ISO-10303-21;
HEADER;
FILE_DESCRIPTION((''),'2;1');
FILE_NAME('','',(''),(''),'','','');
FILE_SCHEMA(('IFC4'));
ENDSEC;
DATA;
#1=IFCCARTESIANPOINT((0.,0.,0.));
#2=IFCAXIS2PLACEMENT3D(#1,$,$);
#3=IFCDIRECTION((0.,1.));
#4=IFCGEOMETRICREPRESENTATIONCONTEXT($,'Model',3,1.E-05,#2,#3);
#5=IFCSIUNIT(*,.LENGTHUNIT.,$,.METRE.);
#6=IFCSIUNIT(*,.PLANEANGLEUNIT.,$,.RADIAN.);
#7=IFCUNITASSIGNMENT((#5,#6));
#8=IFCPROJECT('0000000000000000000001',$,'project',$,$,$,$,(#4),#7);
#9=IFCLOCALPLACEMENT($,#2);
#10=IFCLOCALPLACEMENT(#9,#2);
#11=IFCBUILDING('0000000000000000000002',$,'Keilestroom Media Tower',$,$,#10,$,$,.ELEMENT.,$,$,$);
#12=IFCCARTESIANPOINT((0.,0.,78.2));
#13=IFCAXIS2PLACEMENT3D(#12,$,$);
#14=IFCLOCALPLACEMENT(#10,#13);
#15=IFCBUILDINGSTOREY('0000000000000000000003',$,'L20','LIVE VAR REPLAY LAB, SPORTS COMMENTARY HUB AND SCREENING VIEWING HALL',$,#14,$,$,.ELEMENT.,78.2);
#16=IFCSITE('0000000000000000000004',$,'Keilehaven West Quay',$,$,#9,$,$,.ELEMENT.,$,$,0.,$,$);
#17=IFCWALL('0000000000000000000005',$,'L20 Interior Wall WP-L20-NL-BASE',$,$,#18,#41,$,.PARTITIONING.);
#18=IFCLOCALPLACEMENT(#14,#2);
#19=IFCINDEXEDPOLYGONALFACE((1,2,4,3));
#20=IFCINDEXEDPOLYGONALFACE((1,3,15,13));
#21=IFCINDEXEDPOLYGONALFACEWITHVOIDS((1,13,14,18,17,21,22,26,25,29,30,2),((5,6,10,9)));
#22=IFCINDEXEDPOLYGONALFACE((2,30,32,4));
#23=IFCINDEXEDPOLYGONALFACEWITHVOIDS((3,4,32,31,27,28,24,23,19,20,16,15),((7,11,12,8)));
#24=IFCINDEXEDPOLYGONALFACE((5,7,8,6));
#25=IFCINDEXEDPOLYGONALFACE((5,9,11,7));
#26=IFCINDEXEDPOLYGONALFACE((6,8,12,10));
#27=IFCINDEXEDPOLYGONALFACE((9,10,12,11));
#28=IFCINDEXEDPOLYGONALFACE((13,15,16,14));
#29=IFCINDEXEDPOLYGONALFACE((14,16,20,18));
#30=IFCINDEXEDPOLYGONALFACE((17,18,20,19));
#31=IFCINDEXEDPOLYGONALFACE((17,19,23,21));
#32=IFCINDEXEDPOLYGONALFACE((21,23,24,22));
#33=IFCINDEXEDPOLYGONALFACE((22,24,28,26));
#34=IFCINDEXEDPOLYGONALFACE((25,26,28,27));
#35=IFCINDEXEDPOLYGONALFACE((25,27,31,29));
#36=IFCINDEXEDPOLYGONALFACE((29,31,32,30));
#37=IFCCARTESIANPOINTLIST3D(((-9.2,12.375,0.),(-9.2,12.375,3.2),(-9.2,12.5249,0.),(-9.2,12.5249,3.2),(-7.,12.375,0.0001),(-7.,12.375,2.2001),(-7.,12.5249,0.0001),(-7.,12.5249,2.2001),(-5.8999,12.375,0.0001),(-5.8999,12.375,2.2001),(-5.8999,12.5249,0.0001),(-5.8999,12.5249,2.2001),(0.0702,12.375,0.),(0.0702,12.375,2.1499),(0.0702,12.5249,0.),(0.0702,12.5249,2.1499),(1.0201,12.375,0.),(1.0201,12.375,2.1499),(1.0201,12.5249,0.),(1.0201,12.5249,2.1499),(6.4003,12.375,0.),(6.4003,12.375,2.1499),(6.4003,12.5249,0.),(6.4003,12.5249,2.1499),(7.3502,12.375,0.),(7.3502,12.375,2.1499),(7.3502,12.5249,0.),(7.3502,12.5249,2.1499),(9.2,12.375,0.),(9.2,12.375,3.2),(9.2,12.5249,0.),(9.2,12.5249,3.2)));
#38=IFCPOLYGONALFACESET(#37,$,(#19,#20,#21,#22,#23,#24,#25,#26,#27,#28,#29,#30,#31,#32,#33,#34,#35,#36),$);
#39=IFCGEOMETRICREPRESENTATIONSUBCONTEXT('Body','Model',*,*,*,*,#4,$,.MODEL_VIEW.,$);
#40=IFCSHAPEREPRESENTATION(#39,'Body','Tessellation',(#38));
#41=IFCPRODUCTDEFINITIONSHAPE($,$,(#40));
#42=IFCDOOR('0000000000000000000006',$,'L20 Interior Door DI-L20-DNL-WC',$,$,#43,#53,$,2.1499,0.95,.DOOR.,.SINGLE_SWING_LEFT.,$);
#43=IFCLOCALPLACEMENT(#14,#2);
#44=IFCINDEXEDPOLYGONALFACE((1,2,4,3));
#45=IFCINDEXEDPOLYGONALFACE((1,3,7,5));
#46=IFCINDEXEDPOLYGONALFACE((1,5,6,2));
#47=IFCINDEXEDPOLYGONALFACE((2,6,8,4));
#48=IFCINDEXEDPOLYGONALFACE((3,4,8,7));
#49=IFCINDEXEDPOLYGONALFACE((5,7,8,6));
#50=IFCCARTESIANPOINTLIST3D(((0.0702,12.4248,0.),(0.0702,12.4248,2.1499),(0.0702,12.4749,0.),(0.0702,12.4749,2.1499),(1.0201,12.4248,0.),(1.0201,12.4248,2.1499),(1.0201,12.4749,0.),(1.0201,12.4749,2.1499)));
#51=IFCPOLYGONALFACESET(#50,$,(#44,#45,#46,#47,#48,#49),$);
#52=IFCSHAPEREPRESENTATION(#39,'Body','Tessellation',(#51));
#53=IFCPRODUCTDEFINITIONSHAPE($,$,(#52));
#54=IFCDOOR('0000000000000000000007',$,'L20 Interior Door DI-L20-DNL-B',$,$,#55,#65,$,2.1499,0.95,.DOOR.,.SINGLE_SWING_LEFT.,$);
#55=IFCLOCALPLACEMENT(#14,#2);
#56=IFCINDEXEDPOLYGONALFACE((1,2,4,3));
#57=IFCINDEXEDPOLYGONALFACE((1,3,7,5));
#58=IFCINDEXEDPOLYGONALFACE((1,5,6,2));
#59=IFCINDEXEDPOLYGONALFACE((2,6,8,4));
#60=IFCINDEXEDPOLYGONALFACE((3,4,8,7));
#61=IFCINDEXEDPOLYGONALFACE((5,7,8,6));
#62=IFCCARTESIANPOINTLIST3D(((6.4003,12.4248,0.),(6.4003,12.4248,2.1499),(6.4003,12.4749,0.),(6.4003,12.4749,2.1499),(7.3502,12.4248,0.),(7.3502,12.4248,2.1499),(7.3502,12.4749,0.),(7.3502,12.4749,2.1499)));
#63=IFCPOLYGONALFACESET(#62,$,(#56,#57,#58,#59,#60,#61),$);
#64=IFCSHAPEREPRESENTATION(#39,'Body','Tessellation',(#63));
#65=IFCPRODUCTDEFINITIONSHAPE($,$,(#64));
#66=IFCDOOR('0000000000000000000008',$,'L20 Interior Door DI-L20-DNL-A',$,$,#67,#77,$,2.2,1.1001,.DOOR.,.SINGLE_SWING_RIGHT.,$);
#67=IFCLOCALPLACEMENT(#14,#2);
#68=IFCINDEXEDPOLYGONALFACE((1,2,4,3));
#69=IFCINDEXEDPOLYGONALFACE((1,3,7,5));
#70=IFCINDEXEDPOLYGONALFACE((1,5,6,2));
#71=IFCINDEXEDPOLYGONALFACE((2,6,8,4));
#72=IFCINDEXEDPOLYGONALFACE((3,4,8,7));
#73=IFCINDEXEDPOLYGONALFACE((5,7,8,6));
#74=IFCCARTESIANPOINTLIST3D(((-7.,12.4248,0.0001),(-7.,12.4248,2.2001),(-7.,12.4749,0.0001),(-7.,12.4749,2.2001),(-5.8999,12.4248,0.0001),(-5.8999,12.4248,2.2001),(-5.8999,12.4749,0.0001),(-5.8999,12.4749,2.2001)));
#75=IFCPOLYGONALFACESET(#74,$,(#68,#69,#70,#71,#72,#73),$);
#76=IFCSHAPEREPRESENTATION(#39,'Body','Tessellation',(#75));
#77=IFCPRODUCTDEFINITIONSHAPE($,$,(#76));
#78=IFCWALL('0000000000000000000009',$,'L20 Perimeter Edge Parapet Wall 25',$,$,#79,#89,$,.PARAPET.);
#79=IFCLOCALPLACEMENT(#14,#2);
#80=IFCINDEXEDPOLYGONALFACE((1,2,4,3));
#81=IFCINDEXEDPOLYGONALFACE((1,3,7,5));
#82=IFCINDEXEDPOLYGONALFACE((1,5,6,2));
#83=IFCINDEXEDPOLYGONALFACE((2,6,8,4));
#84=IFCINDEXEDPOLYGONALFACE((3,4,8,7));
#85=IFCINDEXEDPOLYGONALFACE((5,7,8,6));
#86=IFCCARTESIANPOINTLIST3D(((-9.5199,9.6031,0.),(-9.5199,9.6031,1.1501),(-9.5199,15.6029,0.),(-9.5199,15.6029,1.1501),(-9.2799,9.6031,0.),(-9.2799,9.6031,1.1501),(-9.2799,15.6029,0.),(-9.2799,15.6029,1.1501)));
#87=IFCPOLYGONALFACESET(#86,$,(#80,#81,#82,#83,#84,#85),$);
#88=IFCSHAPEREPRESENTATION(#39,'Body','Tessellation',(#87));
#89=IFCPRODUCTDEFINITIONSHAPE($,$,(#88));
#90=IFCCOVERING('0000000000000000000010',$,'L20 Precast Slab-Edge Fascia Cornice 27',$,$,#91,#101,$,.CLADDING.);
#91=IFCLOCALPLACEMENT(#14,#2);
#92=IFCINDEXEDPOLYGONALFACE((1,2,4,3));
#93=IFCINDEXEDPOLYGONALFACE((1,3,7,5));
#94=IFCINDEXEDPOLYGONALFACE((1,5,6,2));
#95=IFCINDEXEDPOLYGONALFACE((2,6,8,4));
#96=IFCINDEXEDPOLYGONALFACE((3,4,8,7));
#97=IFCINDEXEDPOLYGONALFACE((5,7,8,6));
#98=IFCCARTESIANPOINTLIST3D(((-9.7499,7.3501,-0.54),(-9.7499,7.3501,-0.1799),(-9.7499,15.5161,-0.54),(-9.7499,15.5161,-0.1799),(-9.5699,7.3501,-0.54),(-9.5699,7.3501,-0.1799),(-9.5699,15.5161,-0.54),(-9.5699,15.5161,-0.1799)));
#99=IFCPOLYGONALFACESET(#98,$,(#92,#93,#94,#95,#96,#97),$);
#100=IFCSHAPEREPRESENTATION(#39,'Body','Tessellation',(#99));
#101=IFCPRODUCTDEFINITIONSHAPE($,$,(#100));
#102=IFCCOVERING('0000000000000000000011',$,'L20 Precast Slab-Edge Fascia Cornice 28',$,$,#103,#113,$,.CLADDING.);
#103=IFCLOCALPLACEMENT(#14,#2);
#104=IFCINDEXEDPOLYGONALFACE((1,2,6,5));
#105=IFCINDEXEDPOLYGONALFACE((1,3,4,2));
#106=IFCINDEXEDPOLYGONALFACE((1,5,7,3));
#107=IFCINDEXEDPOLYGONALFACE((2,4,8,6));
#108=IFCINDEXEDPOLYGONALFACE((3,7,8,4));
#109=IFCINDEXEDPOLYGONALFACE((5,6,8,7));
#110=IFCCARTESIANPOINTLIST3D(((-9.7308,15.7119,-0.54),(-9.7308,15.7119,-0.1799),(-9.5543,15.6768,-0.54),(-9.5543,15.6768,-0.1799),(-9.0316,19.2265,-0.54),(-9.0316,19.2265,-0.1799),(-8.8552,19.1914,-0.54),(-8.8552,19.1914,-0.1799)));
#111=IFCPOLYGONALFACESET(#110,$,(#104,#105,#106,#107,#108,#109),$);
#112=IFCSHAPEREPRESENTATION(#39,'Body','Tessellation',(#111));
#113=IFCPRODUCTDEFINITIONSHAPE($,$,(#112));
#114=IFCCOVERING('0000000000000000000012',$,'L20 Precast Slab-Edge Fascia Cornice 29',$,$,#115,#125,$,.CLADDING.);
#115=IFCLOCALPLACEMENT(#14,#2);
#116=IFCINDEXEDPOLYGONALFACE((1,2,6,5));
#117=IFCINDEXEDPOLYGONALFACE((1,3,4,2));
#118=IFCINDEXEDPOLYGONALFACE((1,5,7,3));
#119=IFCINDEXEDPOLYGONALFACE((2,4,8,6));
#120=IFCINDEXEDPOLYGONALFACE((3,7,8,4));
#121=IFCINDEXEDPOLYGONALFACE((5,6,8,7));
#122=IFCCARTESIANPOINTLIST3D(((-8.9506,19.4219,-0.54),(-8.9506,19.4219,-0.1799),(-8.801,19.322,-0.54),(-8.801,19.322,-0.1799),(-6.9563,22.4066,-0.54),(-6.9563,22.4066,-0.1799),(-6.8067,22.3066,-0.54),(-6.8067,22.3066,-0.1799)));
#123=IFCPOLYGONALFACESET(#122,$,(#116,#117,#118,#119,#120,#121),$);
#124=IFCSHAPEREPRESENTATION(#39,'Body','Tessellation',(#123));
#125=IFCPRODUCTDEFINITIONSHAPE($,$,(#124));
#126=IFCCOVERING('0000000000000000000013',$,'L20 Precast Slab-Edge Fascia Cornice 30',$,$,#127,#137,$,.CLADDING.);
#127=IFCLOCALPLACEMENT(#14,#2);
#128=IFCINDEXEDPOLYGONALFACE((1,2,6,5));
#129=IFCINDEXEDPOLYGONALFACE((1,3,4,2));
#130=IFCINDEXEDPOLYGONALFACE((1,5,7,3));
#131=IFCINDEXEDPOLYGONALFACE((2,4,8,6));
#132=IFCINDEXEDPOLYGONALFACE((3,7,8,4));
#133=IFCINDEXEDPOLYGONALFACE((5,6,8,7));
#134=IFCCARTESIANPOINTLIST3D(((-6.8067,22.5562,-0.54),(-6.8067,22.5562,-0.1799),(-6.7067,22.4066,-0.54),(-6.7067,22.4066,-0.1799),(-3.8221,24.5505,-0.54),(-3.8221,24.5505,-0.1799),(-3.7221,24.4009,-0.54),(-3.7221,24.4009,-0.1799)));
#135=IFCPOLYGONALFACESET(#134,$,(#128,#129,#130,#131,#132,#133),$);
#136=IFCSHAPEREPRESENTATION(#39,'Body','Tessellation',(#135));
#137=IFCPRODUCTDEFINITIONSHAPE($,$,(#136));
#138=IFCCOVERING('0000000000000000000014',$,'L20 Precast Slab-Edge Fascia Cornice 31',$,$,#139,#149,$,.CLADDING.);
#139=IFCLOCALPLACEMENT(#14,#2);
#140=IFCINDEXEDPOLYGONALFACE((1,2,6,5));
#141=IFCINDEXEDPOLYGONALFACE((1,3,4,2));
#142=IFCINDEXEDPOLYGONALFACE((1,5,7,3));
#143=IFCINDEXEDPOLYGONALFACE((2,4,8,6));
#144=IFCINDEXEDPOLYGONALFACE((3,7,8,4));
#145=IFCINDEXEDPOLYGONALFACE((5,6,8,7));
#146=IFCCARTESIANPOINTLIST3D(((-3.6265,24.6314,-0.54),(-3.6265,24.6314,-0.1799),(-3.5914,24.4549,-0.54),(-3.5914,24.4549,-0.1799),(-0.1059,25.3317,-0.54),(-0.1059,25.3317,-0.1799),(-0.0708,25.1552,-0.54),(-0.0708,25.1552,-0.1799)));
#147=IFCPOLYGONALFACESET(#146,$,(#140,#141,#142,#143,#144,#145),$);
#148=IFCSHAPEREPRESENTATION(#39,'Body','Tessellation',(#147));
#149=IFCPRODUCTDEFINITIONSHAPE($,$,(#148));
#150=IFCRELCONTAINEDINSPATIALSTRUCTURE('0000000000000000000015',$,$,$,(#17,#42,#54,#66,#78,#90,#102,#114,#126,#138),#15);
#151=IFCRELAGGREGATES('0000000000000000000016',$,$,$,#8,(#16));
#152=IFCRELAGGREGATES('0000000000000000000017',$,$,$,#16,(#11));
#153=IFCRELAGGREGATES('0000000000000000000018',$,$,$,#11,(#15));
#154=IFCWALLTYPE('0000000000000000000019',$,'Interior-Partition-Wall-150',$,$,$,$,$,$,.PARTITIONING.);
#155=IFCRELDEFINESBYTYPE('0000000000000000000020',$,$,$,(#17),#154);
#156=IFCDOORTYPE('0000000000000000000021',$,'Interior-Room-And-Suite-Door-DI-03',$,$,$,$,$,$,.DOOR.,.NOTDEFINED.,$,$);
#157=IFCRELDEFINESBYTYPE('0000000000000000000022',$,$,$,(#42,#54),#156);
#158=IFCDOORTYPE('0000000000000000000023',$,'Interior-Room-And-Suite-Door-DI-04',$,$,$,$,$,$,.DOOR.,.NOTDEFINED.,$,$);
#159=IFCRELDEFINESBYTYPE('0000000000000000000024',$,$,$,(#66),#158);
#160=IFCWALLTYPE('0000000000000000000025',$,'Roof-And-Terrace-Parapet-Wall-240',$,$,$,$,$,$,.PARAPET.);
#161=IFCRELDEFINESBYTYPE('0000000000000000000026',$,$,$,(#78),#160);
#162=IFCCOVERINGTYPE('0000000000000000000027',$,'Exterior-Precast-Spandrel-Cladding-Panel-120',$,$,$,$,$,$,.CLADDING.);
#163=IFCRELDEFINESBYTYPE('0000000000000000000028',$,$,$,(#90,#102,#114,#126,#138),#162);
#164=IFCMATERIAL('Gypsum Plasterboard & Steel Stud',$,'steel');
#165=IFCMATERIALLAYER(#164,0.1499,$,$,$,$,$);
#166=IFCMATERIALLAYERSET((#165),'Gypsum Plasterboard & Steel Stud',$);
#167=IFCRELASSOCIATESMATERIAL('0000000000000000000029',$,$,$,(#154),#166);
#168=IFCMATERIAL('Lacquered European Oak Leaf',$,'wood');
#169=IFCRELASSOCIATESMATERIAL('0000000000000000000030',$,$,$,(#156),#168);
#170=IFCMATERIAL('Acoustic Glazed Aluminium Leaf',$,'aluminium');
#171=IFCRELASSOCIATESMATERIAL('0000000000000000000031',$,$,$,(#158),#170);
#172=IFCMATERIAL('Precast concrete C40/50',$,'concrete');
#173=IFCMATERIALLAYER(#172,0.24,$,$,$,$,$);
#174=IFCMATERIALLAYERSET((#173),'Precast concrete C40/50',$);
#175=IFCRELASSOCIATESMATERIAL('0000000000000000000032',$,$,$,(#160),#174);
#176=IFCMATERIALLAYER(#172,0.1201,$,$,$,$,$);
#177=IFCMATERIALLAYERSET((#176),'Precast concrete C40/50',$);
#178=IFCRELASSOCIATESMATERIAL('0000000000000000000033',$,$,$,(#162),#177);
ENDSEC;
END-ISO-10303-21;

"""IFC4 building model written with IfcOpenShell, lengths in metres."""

from ifc_helpers import new_model, si_unit, direction, frame, frame_2d, origin, origin_2d, place, context, subcontext, project, spatial, rectangle, extrude, source, transform, mapped, material, layer, layer_set, type_object, element, fill, save


model = new_model("IFC4")

# Units and contexts
model_context = context("Model", 3, precision=1e-05, world=origin(), true_north=direction((0.0, 1.0)))
body_context = subcontext(model_context, "Body", "Model", "MODEL_VIEW")
ifc_project = project(units=[si_unit("LENGTHUNIT", "METRE"), si_unit("PLANEANGLEUNIT", "RADIAN")], contexts=[model_context])

# Site, building, storey
site_placement = place(None, origin())
site = spatial("IfcSite", under=ifc_project, at=site_placement, Name="Keilehaven West Quay", CompositionType="ELEMENT", RefElevation=0.0)
building_placement = place(site_placement, origin())
building = spatial("IfcBuilding", under=site, at=building_placement, Name="Keilestroom Media Tower", CompositionType="ELEMENT")
storey_placement = place(building_placement, frame((0.0, 0.0, 78.2)))
storey = spatial("IfcBuildingStorey", under=building, at=storey_placement, Name="L20", Description="LIVE VAR REPLAY LAB, SPORTS COMMENTARY HUB AND SCREENING VIEWING HALL", CompositionType="ELEMENT", Elevation=78.2)

# Shared definitions
ifc_material_1 = material(Name="Precast concrete C40/50", Category="concrete")
ifc_material_2 = material(Name="Gypsum Plasterboard & Steel Stud", Category="steel")

# Wall, openings, doors
ifc_layer_1 = layer(ifc_material_2, 0.1499)
ifc_layer_set_1 = layer_set([ifc_layer_1], Name="Gypsum Plasterboard & Steel Stud")
wall_type_1 = type_object("IfcWallType", Name="Interior-Partition-Wall-150", PredefinedType="PARTITIONING", material=ifc_layer_set_1)
wall_1_placement = place(storey_placement, frame((-9.2, 12.45, 0.0), z_axis=(0.0, 0.0, 1.0), x_axis=(1.0, 0.0, 0.0)))
wall_1 = element("IfcWall", 1, at=wall_1_placement, inside=storey, type_object=wall_type_1, Name="L20 Interior Wall WP-L20-NL-BASE", PredefinedType="PARTITIONING", context=body_context, shape_type="SweptSolid", body=[
    extrude(rectangle(XDim=18.3999, YDim=0.1499, at=frame_2d((9.2, 0.0))), origin(), (0.0, 0.0, 1.0), 3.2),
])
opening_1_placement = place(wall_1_placement, frame((9.27, 0.0, 0.0)))
opening_1 = element("IfcOpeningElement", 2, at=opening_1_placement, cuts=wall_1, PredefinedType="OPENING", context=body_context, shape_type="SweptSolid", body=[
    extrude(rectangle(XDim=0.95, YDim=2.1499, at=frame_2d((0.4751, 1.075))), frame((0.0, 0.085, 0.0), z_axis=(0.0, -1.0, 0.0), x_axis=(1.0, 0.0, 0.0)), (0.0, 0.0, 1.0), 0.1699),
])
opening_2_placement = place(wall_1_placement, frame((2.2, 0.0, 0.0)))
opening_2 = element("IfcOpeningElement", 3, at=opening_2_placement, cuts=wall_1, PredefinedType="OPENING", context=body_context, shape_type="SweptSolid", body=[
    extrude(rectangle(XDim=1.1001, YDim=2.2, at=frame_2d((0.55, 1.1001))), frame((0.0, 0.085, 0.0), z_axis=(0.0, -1.0, 0.0), x_axis=(1.0, 0.0, 0.0)), (0.0, 0.0, 1.0), 0.1699),
])
opening_3_placement = place(wall_1_placement, frame((15.6001, 0.0, 0.0)))
opening_3 = element("IfcOpeningElement", 4, at=opening_3_placement, cuts=wall_1, PredefinedType="OPENING", context=body_context, shape_type="SweptSolid", body=[
    extrude(rectangle(XDim=0.95, YDim=2.1499, at=frame_2d((0.4751, 1.075))), frame((0.0, 0.085, 0.0), z_axis=(0.0, -1.0, 0.0), x_axis=(1.0, 0.0, 0.0)), (0.0, 0.0, 1.0), 0.1699),
])
ifc_material_3 = material(Name="Lacquered European Oak Leaf", Category="wood")
door_type_1 = type_object("IfcDoorType", Name="Interior-Room-And-Suite-Door-DI-03", OperationType="NOTDEFINED", PredefinedType="DOOR", material=ifc_material_3)
shared_shape_1 = source(origin(), body_context, "Body", "SweptSolid", [
    extrude(rectangle(XDim=0.95, YDim=2.1499, at=frame_2d((0.4751, 1.075))), frame((0.0, 0.0249, 0.0), z_axis=(0.0, -1.0, 0.0), x_axis=(1.0, 0.0, 0.0)), (0.0, 0.0, 1.0), 0.05),
])
door_1_placement = place(opening_1_placement, origin())
door_1 = element("IfcDoor", 5, at=door_1_placement, inside=storey, type_object=door_type_1, Name="L20 Interior Door DI-L20-DNL-WC", OperationType="SINGLE_SWING_LEFT", OverallHeight=2.1499, OverallWidth=0.95, PredefinedType="DOOR", context=body_context, shape_type="MappedRepresentation", body=[
    mapped(shared_shape_1, transform((0.0, 0.0, 0.0), x_axis=(1.0, 0.0, 0.0), y_axis=(0.0, 1.0, 0.0), z_axis=(0.0, 0.0, 1.0), scale=1.0)),
])
fill(opening_1, door_1)
door_2_placement = place(opening_3_placement, origin())
door_2 = element("IfcDoor", 6, at=door_2_placement, inside=storey, type_object=door_type_1, Name="L20 Interior Door DI-L20-DNL-B", OperationType="SINGLE_SWING_LEFT", OverallHeight=2.1499, OverallWidth=0.95, PredefinedType="DOOR", context=body_context, shape_type="MappedRepresentation", body=[
    mapped(shared_shape_1, transform((0.0, 0.0, 0.0), x_axis=(1.0, 0.0, 0.0), y_axis=(0.0, 1.0, 0.0), z_axis=(0.0, 0.0, 1.0), scale=1.0)),
])
fill(opening_3, door_2)
ifc_material_4 = material(Name="Acoustic Glazed Aluminium Leaf", Category="aluminium")
door_type_2 = type_object("IfcDoorType", Name="Interior-Room-And-Suite-Door-DI-04", OperationType="NOTDEFINED", PredefinedType="DOOR", material=ifc_material_4)
shared_shape_2 = source(origin(), body_context, "Body", "SweptSolid", [
    extrude(rectangle(XDim=1.1001, YDim=2.2, at=frame_2d((0.55, 1.1001))), frame((0.0, 0.0249, 0.0), z_axis=(0.0, -1.0, 0.0), x_axis=(1.0, 0.0, 0.0)), (0.0, 0.0, 1.0), 0.05),
])
door_3_placement = place(opening_2_placement, origin())
door_3 = element("IfcDoor", 7, at=door_3_placement, inside=storey, type_object=door_type_2, Name="L20 Interior Door DI-L20-DNL-A", OperationType="SINGLE_SWING_RIGHT", OverallHeight=2.2, OverallWidth=1.1001, PredefinedType="DOOR", context=body_context, shape_type="MappedRepresentation", body=[
    mapped(shared_shape_2, transform((0.0, 0.0, 0.0), x_axis=(1.0, 0.0, 0.0), y_axis=(0.0, 1.0, 0.0), z_axis=(0.0, 0.0, 1.0), scale=1.0)),
])
fill(opening_2, door_3)

# Wall
ifc_layer_2 = layer(ifc_material_1, 0.24)
ifc_layer_set_2 = layer_set([ifc_layer_2], Name="Precast concrete C40/50")
wall_type_2 = type_object("IfcWallType", Name="Roof-And-Terrace-Parapet-Wall-240", PredefinedType="PARAPET", material=ifc_layer_set_2)
wall_2_placement = place(storey_placement, frame((-9.3999, 9.603, 0.0), z_axis=(0.0, 0.0, 1.0), x_axis=(0.0, 1.0, 0.0)))
element("IfcWall", 8, at=wall_2_placement, inside=storey, type_object=wall_type_2, Name="L20 Perimeter Edge Parapet Wall 25", PredefinedType="PARAPET", context=body_context, shape_type="SweptSolid", body=[
    extrude(rectangle(XDim=5.9998, YDim=0.24, at=frame_2d((3.0, 0.0))), origin(), (0.0, 0.0, 1.0), 1.1501),
])

# Coverings
ifc_layer_3 = layer(ifc_material_1, 0.1201)
ifc_layer_set_3 = layer_set([ifc_layer_3], Name="Precast concrete C40/50")
covering_type = type_object("IfcCoveringType", Name="Exterior-Precast-Spandrel-Cladding-Panel-120", PredefinedType="CLADDING", material=ifc_layer_set_3)
shared_shape_3 = source(origin(), body_context, "Body", "SweptSolid", [
    extrude(rectangle(XDim=8.166, YDim=0.1799, at=origin_2d()), origin(), (0.0, 0.0, 1.0), 0.3601),
])
covering_1_placement = place(storey_placement, frame((-9.6599, 11.4331, -0.54), z_axis=(0.0, 0.0, 1.0), x_axis=(0.0, 1.0, 0.0)))
element("IfcCovering", 9, at=covering_1_placement, inside=storey, type_object=covering_type, Name="L20 Precast Slab-Edge Fascia Cornice 27", PredefinedType="CLADDING", context=body_context, shape_type="MappedRepresentation", body=[
    mapped(shared_shape_3, transform((0.0, 0.0, 0.0), x_axis=(1.0, 0.0, 0.0), y_axis=(0.0, 1.0, 0.0), z_axis=(0.0, 0.0, 1.0), scale=1.0)),
])
shared_shape_4 = source(origin(), body_context, "Body", "SweptSolid", [
    extrude(rectangle(XDim=3.5835, YDim=0.1799, at=origin_2d()), origin(), (0.0, 0.0, 1.0), 0.3601),
])
covering_2_placement = place(storey_placement, frame((-9.293, 17.4517, -0.54), z_axis=(0.0, 0.0, 1.0), x_axis=(0.195099, 0.980784, 0.0)))
element("IfcCovering", 10, at=covering_2_placement, inside=storey, type_object=covering_type, Name="L20 Precast Slab-Edge Fascia Cornice 28", PredefinedType="CLADDING", context=body_context, shape_type="MappedRepresentation", body=[
    mapped(shared_shape_4, transform((0.0, 0.0, 0.0), x_axis=(1.0, 0.0, 0.0), y_axis=(0.0, 1.0, 0.0), z_axis=(0.0, 0.0, 1.0), scale=1.0)),
])
shared_shape_5 = source(origin(), body_context, "Body", "SweptSolid", [
    extrude(rectangle(XDim=3.5896, YDim=0.1799, at=origin_2d()), origin(), (0.0, 0.0, 1.0), 0.3601),
])
for number, where, z_axis, x_axis, name in (
    (11, (-7.8787, 20.8643, -0.54), (0.0, 0.0, 1.0), (0.555575, 0.831467, 0.0), "L20 Precast Slab-Edge Fascia Cornice 29"),
    (12, (-5.2644, 23.4785, -0.54), (0.0, 0.0, 1.0), (0.831467, 0.555575, 0.0), "L20 Precast Slab-Edge Fascia Cornice 30"),
    (13, (-1.8486, 24.8933, -0.54), (0.0, 0.0, 1.0), (0.980784, 0.195099, 0.0), "L20 Precast Slab-Edge Fascia Cornice 31"),
):
    element("IfcCovering", number, at=place(storey_placement, frame(where, z_axis=z_axis, x_axis=x_axis)), inside=storey, type_object=covering_type, Name=name, PredefinedType="CLADDING", context=body_context, shape_type="MappedRepresentation", body=[
        mapped(shared_shape_5, transform((0.0, 0.0, 0.0), x_axis=(1.0, 0.0, 0.0), y_axis=(0.0, 1.0, 0.0), z_axis=(0.0, 0.0, 1.0), scale=1.0)),
    ])

save(model, "model.ifc")
